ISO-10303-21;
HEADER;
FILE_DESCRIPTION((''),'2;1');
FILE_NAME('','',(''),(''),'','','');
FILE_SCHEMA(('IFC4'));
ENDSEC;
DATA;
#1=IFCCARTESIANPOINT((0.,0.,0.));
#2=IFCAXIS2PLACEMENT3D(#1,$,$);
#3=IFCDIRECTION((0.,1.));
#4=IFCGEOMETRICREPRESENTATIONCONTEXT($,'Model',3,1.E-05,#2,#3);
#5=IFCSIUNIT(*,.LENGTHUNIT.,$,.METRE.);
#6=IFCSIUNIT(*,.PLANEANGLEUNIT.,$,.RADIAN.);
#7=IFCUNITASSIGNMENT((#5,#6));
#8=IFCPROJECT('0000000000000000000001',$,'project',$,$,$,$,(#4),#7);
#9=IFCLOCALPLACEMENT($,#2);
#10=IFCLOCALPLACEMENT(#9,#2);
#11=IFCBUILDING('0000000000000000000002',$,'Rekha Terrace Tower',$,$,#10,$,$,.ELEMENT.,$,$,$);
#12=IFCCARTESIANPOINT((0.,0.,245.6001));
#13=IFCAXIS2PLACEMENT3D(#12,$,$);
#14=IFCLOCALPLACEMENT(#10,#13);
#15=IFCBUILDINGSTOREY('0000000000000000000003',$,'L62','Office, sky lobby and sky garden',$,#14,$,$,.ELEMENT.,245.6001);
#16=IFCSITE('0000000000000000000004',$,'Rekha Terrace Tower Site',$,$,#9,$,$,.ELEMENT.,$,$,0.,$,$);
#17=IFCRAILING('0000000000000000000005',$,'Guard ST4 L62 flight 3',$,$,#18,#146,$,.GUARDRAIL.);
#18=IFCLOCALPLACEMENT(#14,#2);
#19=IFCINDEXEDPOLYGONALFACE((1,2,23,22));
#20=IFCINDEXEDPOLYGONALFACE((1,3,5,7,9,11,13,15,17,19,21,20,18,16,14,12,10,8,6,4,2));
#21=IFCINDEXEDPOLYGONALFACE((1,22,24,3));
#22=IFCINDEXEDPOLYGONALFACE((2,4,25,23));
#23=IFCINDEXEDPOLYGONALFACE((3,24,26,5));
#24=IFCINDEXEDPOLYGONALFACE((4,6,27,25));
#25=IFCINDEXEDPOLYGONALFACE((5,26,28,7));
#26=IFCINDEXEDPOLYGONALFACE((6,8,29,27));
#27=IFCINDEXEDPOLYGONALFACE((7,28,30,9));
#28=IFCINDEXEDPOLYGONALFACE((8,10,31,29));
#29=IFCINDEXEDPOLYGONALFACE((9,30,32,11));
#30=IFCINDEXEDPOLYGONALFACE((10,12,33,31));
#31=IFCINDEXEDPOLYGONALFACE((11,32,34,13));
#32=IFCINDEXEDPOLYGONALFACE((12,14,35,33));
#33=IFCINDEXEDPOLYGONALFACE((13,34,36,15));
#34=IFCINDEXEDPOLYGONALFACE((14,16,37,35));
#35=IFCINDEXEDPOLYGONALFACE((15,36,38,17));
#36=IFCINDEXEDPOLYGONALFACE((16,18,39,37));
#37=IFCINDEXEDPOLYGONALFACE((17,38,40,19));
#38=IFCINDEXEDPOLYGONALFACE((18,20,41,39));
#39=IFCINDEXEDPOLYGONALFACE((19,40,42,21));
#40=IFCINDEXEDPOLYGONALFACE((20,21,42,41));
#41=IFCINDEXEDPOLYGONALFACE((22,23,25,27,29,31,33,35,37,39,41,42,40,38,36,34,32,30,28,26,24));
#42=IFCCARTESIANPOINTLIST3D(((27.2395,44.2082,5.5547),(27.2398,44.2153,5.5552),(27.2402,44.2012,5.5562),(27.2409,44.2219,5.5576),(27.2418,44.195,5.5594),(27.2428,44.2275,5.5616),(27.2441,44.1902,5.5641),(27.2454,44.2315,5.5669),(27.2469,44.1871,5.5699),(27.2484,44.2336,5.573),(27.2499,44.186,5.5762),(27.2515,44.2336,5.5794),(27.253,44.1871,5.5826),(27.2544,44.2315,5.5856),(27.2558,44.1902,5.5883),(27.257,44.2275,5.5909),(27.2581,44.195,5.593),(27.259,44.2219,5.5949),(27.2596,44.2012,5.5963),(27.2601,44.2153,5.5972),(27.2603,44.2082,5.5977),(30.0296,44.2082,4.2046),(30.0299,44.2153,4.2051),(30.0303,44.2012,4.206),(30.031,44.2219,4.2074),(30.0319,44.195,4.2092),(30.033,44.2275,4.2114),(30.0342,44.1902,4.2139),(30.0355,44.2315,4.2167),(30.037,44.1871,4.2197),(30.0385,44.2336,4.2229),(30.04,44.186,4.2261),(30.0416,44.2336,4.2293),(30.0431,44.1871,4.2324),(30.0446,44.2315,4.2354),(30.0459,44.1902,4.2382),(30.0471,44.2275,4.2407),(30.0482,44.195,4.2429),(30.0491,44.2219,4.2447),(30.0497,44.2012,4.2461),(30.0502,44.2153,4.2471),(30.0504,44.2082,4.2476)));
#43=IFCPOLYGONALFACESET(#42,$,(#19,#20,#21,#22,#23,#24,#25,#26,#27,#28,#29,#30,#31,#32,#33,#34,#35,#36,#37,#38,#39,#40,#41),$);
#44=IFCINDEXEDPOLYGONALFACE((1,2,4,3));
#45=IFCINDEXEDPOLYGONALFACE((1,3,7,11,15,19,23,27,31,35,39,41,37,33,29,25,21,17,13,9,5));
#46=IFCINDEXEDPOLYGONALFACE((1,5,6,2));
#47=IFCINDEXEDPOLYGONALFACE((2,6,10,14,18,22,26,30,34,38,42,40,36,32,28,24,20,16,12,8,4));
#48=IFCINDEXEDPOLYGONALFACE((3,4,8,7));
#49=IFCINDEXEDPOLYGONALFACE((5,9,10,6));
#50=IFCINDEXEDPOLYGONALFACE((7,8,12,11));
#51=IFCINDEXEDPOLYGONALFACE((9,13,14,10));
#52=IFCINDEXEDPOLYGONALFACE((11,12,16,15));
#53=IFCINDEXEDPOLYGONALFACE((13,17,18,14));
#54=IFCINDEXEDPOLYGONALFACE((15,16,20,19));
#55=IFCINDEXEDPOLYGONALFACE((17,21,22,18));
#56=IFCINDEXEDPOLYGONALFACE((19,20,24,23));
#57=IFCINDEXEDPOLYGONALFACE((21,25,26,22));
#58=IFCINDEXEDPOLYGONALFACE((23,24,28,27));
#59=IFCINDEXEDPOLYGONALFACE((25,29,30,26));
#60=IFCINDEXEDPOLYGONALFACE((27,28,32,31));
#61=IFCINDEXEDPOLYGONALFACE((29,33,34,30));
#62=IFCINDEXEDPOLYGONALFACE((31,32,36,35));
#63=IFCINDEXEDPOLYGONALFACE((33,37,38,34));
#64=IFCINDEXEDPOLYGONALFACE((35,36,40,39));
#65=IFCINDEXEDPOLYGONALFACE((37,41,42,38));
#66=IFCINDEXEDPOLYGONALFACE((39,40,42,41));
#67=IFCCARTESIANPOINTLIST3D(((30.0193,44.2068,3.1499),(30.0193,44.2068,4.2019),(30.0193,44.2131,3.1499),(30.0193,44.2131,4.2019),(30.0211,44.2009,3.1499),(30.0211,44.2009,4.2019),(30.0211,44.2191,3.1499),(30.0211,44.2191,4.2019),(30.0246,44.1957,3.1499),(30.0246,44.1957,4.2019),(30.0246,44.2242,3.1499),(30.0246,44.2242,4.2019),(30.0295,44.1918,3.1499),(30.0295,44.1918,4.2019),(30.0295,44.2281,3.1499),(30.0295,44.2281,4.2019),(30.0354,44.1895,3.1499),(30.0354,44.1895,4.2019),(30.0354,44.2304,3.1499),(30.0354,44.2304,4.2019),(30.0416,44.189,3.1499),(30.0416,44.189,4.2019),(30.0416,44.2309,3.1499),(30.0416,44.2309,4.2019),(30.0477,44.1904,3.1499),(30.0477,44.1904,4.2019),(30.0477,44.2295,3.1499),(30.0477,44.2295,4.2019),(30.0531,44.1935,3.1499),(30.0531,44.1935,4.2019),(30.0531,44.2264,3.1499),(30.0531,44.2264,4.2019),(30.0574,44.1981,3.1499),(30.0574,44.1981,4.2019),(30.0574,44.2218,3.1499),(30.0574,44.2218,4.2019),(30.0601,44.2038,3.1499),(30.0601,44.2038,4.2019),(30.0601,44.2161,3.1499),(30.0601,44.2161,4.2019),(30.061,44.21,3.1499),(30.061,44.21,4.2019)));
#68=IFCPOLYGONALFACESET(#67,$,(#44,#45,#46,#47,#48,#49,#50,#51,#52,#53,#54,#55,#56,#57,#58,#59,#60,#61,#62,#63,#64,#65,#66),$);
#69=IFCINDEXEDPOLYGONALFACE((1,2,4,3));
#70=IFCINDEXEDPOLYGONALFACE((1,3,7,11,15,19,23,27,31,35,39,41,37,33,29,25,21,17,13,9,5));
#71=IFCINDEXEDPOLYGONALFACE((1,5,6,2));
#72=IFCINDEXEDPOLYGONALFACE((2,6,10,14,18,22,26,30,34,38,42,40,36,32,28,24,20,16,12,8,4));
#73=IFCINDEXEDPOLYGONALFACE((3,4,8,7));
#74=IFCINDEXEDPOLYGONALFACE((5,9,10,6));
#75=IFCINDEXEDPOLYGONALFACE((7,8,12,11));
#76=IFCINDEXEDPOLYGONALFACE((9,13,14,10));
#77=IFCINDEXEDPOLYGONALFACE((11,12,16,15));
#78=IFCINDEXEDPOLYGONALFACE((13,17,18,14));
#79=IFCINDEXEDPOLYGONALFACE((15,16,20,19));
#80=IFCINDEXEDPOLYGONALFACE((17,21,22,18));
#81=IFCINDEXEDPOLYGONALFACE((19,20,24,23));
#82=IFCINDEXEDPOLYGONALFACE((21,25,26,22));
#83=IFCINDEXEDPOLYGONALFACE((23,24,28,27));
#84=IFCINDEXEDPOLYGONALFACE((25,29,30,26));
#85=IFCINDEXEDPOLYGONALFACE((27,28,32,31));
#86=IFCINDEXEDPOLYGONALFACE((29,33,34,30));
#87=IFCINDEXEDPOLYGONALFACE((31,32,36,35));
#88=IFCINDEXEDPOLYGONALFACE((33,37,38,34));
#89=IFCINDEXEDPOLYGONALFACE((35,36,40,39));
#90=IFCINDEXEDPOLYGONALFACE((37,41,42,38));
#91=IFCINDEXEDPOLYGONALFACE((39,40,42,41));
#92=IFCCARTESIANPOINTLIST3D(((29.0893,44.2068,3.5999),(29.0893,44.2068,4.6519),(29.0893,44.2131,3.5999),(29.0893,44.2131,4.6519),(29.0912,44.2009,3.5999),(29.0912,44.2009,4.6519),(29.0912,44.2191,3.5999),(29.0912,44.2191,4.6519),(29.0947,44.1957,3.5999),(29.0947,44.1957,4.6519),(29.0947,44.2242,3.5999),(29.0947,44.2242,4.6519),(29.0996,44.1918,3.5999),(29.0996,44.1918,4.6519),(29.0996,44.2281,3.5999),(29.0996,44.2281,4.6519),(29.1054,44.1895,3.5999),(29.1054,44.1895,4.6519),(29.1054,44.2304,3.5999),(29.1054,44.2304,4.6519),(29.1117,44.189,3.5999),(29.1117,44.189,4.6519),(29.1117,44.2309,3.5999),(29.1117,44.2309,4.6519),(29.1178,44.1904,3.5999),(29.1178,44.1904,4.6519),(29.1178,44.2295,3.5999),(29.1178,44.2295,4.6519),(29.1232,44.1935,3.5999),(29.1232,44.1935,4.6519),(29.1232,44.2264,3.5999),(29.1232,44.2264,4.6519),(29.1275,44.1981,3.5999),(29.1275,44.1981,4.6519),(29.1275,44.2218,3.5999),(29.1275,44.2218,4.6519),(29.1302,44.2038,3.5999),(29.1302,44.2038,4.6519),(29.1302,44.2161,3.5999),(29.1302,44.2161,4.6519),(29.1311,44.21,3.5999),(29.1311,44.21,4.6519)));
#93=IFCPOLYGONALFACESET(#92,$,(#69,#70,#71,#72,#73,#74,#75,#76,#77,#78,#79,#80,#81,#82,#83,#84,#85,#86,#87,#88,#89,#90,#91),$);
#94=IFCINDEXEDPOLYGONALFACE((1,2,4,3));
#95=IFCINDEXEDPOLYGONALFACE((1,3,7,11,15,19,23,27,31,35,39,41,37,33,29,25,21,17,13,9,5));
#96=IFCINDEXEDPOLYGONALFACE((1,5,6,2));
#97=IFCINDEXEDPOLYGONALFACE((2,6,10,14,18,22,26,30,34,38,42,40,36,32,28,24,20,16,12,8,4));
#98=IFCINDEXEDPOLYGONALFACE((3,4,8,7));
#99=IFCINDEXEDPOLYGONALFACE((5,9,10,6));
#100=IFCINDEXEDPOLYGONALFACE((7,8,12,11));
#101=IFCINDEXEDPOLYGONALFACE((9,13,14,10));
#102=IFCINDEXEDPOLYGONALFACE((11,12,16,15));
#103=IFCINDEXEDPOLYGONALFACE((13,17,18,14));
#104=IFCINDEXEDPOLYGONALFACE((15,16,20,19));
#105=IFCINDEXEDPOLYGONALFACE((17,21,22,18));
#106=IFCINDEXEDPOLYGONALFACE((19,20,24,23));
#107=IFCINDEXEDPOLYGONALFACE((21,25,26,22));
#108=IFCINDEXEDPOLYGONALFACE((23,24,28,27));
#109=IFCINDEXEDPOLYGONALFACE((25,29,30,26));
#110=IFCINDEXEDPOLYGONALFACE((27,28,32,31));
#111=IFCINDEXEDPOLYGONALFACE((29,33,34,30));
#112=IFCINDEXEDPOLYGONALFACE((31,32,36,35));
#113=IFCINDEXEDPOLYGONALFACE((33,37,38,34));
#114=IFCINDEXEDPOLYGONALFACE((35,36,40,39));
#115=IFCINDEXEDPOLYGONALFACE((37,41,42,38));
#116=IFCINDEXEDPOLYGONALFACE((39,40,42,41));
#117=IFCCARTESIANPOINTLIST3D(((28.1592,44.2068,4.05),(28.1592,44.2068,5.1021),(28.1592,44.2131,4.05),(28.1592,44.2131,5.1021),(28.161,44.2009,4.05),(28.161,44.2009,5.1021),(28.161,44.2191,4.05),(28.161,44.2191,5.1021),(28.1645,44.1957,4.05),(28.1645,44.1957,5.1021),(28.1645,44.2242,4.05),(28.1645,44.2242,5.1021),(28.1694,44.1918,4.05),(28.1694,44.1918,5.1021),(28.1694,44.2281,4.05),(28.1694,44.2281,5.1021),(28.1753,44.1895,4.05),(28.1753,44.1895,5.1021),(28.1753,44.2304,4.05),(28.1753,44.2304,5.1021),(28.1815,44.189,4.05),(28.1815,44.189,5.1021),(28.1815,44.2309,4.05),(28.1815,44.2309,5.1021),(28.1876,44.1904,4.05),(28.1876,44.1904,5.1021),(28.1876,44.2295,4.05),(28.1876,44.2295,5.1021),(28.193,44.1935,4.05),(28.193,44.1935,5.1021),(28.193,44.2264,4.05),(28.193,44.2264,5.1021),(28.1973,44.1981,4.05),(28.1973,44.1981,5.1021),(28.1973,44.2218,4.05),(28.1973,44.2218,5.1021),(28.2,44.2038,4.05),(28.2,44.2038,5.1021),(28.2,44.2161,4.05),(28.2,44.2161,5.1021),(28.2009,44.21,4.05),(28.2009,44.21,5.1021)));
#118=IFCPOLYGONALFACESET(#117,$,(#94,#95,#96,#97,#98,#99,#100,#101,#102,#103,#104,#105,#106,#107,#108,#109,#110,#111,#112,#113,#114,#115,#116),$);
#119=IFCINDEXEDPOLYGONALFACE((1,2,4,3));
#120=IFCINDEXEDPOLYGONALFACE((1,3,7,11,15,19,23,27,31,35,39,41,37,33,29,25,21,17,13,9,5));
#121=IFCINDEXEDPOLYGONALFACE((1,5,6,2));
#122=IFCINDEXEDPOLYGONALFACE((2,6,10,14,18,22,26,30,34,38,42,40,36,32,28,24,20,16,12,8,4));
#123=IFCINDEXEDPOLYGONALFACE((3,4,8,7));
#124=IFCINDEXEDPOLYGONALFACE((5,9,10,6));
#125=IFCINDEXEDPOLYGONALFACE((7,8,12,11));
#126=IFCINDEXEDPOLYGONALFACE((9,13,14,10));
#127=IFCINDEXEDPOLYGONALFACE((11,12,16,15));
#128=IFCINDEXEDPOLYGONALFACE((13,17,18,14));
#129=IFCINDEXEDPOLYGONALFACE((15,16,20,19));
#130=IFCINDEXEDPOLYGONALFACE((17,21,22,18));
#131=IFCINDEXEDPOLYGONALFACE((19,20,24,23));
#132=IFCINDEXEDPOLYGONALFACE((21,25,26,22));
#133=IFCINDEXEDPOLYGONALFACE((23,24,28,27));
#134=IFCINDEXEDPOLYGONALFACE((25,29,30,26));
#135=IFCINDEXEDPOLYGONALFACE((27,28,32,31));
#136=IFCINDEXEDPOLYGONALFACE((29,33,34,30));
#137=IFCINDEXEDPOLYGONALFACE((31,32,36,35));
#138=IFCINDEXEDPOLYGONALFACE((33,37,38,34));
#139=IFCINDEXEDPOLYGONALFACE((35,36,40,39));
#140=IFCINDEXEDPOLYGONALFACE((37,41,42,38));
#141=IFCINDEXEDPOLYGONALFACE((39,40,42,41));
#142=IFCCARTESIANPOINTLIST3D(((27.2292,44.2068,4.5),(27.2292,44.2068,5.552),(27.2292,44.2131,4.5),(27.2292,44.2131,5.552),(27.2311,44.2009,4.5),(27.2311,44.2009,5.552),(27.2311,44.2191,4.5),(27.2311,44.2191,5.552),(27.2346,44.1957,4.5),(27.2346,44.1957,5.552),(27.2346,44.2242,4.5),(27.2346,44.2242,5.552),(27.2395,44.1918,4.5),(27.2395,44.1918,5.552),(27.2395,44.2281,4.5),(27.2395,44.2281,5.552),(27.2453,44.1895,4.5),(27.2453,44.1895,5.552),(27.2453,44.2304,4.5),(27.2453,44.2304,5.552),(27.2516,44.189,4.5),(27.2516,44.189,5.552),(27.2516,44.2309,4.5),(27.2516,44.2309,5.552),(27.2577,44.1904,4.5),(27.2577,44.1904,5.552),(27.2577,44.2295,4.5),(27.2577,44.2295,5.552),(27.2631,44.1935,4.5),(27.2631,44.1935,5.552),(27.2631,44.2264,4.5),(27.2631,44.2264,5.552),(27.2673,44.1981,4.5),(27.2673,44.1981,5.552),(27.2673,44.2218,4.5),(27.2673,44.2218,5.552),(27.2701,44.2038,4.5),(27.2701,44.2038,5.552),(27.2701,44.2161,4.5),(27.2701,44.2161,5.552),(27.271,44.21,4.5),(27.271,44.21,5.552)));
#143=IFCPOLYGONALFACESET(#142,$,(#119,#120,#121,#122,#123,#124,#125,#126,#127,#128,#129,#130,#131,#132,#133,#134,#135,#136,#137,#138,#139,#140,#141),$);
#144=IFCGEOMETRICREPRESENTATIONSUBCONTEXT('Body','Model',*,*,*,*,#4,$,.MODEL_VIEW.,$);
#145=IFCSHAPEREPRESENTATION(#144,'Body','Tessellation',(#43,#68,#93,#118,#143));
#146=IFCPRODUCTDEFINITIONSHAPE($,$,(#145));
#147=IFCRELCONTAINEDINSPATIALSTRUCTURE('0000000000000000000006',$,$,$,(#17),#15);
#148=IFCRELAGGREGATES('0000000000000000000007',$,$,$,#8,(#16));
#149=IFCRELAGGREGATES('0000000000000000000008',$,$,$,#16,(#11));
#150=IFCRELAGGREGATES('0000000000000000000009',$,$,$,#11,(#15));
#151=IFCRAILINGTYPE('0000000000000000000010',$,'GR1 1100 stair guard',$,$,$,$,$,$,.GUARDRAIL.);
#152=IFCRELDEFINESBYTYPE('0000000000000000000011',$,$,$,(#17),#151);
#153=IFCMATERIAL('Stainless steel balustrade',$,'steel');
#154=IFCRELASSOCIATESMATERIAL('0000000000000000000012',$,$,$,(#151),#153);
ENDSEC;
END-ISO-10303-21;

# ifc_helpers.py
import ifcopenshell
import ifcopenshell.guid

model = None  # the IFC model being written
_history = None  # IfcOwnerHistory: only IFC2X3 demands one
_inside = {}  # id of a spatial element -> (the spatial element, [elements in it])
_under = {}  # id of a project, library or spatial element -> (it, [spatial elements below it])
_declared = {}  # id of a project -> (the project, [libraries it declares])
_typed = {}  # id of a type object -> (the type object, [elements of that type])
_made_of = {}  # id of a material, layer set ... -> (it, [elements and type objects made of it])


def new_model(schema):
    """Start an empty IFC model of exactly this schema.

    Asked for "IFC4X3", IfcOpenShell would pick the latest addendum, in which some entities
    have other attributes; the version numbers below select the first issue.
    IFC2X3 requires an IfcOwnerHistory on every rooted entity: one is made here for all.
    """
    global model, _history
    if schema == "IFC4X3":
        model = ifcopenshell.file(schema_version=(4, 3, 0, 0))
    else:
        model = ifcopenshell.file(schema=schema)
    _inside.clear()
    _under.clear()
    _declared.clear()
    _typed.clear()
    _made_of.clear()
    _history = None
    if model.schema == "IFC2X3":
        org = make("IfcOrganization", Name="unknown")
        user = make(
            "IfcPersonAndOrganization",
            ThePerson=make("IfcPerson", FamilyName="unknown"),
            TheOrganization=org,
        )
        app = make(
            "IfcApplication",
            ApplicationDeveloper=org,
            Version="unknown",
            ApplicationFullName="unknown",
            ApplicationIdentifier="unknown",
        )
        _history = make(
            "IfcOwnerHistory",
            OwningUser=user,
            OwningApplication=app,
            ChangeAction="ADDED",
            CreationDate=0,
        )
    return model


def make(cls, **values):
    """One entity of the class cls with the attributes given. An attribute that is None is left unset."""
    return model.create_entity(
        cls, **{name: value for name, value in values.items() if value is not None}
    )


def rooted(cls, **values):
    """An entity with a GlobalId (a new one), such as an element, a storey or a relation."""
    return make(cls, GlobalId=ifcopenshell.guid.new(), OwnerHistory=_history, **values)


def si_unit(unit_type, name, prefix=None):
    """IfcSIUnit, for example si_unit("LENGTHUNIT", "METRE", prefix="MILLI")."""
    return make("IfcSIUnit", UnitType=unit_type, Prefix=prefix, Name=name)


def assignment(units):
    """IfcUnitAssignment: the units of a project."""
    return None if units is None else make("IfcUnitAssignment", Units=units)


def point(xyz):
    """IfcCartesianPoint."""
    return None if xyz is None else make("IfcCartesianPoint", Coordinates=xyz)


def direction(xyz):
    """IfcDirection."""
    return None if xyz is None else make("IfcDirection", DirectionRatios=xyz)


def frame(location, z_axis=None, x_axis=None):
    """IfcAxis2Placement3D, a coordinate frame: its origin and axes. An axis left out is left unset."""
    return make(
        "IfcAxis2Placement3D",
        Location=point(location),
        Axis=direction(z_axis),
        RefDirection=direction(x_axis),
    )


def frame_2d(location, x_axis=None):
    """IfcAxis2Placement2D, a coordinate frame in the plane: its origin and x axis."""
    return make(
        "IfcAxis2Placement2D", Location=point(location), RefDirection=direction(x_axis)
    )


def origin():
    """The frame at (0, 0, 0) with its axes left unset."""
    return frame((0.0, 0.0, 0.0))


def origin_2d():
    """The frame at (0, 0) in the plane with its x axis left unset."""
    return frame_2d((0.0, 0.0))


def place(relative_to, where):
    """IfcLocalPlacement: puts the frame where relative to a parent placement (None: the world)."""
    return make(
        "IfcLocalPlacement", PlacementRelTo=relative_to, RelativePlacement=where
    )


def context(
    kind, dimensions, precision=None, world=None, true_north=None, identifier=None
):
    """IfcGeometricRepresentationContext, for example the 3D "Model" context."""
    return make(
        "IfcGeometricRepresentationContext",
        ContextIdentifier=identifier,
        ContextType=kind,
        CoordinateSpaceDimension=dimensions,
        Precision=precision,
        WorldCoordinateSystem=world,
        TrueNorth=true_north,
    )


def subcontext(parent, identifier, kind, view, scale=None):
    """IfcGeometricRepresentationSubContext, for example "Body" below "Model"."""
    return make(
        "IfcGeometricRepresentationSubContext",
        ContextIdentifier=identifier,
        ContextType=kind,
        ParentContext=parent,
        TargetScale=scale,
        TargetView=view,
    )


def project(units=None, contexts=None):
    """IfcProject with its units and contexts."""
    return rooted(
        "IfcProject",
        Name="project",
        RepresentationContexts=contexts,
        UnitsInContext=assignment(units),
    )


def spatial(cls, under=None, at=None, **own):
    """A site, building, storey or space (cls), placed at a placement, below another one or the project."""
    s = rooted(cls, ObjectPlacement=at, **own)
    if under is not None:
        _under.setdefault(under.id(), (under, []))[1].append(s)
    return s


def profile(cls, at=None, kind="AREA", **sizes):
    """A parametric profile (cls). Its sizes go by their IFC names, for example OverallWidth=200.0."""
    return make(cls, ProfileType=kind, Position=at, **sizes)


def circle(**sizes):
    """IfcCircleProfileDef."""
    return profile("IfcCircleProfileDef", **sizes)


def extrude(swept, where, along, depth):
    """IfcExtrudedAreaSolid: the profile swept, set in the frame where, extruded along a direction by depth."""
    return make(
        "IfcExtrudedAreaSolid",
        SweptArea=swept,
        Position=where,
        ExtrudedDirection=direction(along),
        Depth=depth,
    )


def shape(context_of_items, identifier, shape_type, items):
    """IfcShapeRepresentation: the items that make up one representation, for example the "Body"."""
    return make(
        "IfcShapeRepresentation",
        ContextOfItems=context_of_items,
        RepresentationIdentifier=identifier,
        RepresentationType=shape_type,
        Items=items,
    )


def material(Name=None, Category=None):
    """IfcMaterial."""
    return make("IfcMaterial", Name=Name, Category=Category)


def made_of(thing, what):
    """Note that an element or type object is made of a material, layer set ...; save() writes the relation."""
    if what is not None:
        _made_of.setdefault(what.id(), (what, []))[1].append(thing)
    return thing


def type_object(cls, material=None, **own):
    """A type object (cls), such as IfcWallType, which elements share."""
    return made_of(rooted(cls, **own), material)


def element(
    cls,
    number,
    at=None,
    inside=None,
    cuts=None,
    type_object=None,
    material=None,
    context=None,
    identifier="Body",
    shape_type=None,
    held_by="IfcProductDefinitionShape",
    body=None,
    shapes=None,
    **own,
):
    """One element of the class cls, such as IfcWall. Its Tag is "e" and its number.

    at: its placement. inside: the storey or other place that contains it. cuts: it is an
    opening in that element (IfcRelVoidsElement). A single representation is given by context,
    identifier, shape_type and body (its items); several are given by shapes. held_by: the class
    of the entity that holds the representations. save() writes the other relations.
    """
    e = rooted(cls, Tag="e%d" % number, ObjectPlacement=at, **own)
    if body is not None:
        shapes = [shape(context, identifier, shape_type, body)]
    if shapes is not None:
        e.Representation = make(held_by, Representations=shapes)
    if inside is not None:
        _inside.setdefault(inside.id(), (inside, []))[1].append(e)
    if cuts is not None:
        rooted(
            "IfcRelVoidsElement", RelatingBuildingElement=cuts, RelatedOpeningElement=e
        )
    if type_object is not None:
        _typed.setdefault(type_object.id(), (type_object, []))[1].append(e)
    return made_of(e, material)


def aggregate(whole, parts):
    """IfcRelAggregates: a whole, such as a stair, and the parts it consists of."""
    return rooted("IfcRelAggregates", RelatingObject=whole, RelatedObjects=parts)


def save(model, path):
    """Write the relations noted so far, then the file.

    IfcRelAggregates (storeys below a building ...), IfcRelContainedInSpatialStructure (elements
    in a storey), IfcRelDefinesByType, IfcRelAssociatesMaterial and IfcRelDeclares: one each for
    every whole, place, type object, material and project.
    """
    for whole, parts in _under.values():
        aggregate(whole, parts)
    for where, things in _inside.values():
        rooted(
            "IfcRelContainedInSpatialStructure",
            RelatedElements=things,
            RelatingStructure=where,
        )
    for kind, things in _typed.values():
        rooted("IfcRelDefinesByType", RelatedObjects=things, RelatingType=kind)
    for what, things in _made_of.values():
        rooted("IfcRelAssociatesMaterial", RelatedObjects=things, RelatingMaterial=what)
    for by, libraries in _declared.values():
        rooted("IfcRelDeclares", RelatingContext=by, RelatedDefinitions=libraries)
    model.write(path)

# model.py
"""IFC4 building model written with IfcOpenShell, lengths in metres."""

from ifc_helpers import new_model, si_unit, direction, frame, origin, origin_2d, place, context, subcontext, project, spatial, circle, extrude, material, type_object, element, save


model = new_model("IFC4")

# Units and contexts
model_context = context("Model", 3, precision=1e-05, world=origin(), true_north=direction((0.0, 1.0)))
body_context = subcontext(model_context, "Body", "Model", "MODEL_VIEW")
ifc_project = project(units=[si_unit("LENGTHUNIT", "METRE"), si_unit("PLANEANGLEUNIT", "RADIAN")], contexts=[model_context])

# Site, building, storey
site_placement = place(None, origin())
site = spatial("IfcSite", under=ifc_project, at=site_placement, Name="Rekha Terrace Tower Site", CompositionType="ELEMENT", RefElevation=0.0)
building_placement = place(site_placement, origin())
building = spatial("IfcBuilding", under=site, at=building_placement, Name="Rekha Terrace Tower", CompositionType="ELEMENT")
storey_placement = place(building_placement, frame((0.0, 0.0, 245.6001)))
storey = spatial("IfcBuildingStorey", under=building, at=storey_placement, Name="L62", Description="Office, sky lobby and sky garden", CompositionType="ELEMENT", Elevation=245.6001)

# Railing
ifc_material_1 = material(Name="Stainless steel balustrade", Category="steel")
railing_type_1 = type_object("IfcRailingType", Name="GR1 1100 stair guard", PredefinedType="GUARDRAIL", material=ifc_material_1)
railing_1_placement = place(storey_placement, frame((30.04, 44.21, 3.1499)))
element("IfcRailing", 1, at=railing_1_placement, inside=storey, type_object=railing_type_1, Name="Guard ST4 L62 flight 3", PredefinedType="GUARDRAIL", context=body_context, shape_type="SweptSolid", body=[
    extrude(circle(Radius=0.0239, at=origin_2d()), frame((0.0, 0.0, 1.0762), z_axis=(-0.900149, 0.0, 0.435582), x_axis=(0.0, -1.0, 0.0)), (0.0, 0.0, 1.0), 3.0996),
    extrude(circle(Radius=0.021, at=origin_2d()), origin(), (0.0, 0.0, 1.0), 1.052),
    extrude(circle(Radius=0.021, at=origin_2d()), frame((-0.9299, 0.0, 0.45)), (0.0, 0.0, 1.0), 1.052),
    extrude(circle(Radius=0.021, at=origin_2d()), frame((-1.8601, 0.0, 0.9001)), (0.0, 0.0, 1.0), 1.052),
    extrude(circle(Radius=0.021, at=origin_2d()), frame((-2.79, 0.0, 1.3501)), (0.0, 0.0, 1.0), 1.052),
])

save(model, "model.ifc")
